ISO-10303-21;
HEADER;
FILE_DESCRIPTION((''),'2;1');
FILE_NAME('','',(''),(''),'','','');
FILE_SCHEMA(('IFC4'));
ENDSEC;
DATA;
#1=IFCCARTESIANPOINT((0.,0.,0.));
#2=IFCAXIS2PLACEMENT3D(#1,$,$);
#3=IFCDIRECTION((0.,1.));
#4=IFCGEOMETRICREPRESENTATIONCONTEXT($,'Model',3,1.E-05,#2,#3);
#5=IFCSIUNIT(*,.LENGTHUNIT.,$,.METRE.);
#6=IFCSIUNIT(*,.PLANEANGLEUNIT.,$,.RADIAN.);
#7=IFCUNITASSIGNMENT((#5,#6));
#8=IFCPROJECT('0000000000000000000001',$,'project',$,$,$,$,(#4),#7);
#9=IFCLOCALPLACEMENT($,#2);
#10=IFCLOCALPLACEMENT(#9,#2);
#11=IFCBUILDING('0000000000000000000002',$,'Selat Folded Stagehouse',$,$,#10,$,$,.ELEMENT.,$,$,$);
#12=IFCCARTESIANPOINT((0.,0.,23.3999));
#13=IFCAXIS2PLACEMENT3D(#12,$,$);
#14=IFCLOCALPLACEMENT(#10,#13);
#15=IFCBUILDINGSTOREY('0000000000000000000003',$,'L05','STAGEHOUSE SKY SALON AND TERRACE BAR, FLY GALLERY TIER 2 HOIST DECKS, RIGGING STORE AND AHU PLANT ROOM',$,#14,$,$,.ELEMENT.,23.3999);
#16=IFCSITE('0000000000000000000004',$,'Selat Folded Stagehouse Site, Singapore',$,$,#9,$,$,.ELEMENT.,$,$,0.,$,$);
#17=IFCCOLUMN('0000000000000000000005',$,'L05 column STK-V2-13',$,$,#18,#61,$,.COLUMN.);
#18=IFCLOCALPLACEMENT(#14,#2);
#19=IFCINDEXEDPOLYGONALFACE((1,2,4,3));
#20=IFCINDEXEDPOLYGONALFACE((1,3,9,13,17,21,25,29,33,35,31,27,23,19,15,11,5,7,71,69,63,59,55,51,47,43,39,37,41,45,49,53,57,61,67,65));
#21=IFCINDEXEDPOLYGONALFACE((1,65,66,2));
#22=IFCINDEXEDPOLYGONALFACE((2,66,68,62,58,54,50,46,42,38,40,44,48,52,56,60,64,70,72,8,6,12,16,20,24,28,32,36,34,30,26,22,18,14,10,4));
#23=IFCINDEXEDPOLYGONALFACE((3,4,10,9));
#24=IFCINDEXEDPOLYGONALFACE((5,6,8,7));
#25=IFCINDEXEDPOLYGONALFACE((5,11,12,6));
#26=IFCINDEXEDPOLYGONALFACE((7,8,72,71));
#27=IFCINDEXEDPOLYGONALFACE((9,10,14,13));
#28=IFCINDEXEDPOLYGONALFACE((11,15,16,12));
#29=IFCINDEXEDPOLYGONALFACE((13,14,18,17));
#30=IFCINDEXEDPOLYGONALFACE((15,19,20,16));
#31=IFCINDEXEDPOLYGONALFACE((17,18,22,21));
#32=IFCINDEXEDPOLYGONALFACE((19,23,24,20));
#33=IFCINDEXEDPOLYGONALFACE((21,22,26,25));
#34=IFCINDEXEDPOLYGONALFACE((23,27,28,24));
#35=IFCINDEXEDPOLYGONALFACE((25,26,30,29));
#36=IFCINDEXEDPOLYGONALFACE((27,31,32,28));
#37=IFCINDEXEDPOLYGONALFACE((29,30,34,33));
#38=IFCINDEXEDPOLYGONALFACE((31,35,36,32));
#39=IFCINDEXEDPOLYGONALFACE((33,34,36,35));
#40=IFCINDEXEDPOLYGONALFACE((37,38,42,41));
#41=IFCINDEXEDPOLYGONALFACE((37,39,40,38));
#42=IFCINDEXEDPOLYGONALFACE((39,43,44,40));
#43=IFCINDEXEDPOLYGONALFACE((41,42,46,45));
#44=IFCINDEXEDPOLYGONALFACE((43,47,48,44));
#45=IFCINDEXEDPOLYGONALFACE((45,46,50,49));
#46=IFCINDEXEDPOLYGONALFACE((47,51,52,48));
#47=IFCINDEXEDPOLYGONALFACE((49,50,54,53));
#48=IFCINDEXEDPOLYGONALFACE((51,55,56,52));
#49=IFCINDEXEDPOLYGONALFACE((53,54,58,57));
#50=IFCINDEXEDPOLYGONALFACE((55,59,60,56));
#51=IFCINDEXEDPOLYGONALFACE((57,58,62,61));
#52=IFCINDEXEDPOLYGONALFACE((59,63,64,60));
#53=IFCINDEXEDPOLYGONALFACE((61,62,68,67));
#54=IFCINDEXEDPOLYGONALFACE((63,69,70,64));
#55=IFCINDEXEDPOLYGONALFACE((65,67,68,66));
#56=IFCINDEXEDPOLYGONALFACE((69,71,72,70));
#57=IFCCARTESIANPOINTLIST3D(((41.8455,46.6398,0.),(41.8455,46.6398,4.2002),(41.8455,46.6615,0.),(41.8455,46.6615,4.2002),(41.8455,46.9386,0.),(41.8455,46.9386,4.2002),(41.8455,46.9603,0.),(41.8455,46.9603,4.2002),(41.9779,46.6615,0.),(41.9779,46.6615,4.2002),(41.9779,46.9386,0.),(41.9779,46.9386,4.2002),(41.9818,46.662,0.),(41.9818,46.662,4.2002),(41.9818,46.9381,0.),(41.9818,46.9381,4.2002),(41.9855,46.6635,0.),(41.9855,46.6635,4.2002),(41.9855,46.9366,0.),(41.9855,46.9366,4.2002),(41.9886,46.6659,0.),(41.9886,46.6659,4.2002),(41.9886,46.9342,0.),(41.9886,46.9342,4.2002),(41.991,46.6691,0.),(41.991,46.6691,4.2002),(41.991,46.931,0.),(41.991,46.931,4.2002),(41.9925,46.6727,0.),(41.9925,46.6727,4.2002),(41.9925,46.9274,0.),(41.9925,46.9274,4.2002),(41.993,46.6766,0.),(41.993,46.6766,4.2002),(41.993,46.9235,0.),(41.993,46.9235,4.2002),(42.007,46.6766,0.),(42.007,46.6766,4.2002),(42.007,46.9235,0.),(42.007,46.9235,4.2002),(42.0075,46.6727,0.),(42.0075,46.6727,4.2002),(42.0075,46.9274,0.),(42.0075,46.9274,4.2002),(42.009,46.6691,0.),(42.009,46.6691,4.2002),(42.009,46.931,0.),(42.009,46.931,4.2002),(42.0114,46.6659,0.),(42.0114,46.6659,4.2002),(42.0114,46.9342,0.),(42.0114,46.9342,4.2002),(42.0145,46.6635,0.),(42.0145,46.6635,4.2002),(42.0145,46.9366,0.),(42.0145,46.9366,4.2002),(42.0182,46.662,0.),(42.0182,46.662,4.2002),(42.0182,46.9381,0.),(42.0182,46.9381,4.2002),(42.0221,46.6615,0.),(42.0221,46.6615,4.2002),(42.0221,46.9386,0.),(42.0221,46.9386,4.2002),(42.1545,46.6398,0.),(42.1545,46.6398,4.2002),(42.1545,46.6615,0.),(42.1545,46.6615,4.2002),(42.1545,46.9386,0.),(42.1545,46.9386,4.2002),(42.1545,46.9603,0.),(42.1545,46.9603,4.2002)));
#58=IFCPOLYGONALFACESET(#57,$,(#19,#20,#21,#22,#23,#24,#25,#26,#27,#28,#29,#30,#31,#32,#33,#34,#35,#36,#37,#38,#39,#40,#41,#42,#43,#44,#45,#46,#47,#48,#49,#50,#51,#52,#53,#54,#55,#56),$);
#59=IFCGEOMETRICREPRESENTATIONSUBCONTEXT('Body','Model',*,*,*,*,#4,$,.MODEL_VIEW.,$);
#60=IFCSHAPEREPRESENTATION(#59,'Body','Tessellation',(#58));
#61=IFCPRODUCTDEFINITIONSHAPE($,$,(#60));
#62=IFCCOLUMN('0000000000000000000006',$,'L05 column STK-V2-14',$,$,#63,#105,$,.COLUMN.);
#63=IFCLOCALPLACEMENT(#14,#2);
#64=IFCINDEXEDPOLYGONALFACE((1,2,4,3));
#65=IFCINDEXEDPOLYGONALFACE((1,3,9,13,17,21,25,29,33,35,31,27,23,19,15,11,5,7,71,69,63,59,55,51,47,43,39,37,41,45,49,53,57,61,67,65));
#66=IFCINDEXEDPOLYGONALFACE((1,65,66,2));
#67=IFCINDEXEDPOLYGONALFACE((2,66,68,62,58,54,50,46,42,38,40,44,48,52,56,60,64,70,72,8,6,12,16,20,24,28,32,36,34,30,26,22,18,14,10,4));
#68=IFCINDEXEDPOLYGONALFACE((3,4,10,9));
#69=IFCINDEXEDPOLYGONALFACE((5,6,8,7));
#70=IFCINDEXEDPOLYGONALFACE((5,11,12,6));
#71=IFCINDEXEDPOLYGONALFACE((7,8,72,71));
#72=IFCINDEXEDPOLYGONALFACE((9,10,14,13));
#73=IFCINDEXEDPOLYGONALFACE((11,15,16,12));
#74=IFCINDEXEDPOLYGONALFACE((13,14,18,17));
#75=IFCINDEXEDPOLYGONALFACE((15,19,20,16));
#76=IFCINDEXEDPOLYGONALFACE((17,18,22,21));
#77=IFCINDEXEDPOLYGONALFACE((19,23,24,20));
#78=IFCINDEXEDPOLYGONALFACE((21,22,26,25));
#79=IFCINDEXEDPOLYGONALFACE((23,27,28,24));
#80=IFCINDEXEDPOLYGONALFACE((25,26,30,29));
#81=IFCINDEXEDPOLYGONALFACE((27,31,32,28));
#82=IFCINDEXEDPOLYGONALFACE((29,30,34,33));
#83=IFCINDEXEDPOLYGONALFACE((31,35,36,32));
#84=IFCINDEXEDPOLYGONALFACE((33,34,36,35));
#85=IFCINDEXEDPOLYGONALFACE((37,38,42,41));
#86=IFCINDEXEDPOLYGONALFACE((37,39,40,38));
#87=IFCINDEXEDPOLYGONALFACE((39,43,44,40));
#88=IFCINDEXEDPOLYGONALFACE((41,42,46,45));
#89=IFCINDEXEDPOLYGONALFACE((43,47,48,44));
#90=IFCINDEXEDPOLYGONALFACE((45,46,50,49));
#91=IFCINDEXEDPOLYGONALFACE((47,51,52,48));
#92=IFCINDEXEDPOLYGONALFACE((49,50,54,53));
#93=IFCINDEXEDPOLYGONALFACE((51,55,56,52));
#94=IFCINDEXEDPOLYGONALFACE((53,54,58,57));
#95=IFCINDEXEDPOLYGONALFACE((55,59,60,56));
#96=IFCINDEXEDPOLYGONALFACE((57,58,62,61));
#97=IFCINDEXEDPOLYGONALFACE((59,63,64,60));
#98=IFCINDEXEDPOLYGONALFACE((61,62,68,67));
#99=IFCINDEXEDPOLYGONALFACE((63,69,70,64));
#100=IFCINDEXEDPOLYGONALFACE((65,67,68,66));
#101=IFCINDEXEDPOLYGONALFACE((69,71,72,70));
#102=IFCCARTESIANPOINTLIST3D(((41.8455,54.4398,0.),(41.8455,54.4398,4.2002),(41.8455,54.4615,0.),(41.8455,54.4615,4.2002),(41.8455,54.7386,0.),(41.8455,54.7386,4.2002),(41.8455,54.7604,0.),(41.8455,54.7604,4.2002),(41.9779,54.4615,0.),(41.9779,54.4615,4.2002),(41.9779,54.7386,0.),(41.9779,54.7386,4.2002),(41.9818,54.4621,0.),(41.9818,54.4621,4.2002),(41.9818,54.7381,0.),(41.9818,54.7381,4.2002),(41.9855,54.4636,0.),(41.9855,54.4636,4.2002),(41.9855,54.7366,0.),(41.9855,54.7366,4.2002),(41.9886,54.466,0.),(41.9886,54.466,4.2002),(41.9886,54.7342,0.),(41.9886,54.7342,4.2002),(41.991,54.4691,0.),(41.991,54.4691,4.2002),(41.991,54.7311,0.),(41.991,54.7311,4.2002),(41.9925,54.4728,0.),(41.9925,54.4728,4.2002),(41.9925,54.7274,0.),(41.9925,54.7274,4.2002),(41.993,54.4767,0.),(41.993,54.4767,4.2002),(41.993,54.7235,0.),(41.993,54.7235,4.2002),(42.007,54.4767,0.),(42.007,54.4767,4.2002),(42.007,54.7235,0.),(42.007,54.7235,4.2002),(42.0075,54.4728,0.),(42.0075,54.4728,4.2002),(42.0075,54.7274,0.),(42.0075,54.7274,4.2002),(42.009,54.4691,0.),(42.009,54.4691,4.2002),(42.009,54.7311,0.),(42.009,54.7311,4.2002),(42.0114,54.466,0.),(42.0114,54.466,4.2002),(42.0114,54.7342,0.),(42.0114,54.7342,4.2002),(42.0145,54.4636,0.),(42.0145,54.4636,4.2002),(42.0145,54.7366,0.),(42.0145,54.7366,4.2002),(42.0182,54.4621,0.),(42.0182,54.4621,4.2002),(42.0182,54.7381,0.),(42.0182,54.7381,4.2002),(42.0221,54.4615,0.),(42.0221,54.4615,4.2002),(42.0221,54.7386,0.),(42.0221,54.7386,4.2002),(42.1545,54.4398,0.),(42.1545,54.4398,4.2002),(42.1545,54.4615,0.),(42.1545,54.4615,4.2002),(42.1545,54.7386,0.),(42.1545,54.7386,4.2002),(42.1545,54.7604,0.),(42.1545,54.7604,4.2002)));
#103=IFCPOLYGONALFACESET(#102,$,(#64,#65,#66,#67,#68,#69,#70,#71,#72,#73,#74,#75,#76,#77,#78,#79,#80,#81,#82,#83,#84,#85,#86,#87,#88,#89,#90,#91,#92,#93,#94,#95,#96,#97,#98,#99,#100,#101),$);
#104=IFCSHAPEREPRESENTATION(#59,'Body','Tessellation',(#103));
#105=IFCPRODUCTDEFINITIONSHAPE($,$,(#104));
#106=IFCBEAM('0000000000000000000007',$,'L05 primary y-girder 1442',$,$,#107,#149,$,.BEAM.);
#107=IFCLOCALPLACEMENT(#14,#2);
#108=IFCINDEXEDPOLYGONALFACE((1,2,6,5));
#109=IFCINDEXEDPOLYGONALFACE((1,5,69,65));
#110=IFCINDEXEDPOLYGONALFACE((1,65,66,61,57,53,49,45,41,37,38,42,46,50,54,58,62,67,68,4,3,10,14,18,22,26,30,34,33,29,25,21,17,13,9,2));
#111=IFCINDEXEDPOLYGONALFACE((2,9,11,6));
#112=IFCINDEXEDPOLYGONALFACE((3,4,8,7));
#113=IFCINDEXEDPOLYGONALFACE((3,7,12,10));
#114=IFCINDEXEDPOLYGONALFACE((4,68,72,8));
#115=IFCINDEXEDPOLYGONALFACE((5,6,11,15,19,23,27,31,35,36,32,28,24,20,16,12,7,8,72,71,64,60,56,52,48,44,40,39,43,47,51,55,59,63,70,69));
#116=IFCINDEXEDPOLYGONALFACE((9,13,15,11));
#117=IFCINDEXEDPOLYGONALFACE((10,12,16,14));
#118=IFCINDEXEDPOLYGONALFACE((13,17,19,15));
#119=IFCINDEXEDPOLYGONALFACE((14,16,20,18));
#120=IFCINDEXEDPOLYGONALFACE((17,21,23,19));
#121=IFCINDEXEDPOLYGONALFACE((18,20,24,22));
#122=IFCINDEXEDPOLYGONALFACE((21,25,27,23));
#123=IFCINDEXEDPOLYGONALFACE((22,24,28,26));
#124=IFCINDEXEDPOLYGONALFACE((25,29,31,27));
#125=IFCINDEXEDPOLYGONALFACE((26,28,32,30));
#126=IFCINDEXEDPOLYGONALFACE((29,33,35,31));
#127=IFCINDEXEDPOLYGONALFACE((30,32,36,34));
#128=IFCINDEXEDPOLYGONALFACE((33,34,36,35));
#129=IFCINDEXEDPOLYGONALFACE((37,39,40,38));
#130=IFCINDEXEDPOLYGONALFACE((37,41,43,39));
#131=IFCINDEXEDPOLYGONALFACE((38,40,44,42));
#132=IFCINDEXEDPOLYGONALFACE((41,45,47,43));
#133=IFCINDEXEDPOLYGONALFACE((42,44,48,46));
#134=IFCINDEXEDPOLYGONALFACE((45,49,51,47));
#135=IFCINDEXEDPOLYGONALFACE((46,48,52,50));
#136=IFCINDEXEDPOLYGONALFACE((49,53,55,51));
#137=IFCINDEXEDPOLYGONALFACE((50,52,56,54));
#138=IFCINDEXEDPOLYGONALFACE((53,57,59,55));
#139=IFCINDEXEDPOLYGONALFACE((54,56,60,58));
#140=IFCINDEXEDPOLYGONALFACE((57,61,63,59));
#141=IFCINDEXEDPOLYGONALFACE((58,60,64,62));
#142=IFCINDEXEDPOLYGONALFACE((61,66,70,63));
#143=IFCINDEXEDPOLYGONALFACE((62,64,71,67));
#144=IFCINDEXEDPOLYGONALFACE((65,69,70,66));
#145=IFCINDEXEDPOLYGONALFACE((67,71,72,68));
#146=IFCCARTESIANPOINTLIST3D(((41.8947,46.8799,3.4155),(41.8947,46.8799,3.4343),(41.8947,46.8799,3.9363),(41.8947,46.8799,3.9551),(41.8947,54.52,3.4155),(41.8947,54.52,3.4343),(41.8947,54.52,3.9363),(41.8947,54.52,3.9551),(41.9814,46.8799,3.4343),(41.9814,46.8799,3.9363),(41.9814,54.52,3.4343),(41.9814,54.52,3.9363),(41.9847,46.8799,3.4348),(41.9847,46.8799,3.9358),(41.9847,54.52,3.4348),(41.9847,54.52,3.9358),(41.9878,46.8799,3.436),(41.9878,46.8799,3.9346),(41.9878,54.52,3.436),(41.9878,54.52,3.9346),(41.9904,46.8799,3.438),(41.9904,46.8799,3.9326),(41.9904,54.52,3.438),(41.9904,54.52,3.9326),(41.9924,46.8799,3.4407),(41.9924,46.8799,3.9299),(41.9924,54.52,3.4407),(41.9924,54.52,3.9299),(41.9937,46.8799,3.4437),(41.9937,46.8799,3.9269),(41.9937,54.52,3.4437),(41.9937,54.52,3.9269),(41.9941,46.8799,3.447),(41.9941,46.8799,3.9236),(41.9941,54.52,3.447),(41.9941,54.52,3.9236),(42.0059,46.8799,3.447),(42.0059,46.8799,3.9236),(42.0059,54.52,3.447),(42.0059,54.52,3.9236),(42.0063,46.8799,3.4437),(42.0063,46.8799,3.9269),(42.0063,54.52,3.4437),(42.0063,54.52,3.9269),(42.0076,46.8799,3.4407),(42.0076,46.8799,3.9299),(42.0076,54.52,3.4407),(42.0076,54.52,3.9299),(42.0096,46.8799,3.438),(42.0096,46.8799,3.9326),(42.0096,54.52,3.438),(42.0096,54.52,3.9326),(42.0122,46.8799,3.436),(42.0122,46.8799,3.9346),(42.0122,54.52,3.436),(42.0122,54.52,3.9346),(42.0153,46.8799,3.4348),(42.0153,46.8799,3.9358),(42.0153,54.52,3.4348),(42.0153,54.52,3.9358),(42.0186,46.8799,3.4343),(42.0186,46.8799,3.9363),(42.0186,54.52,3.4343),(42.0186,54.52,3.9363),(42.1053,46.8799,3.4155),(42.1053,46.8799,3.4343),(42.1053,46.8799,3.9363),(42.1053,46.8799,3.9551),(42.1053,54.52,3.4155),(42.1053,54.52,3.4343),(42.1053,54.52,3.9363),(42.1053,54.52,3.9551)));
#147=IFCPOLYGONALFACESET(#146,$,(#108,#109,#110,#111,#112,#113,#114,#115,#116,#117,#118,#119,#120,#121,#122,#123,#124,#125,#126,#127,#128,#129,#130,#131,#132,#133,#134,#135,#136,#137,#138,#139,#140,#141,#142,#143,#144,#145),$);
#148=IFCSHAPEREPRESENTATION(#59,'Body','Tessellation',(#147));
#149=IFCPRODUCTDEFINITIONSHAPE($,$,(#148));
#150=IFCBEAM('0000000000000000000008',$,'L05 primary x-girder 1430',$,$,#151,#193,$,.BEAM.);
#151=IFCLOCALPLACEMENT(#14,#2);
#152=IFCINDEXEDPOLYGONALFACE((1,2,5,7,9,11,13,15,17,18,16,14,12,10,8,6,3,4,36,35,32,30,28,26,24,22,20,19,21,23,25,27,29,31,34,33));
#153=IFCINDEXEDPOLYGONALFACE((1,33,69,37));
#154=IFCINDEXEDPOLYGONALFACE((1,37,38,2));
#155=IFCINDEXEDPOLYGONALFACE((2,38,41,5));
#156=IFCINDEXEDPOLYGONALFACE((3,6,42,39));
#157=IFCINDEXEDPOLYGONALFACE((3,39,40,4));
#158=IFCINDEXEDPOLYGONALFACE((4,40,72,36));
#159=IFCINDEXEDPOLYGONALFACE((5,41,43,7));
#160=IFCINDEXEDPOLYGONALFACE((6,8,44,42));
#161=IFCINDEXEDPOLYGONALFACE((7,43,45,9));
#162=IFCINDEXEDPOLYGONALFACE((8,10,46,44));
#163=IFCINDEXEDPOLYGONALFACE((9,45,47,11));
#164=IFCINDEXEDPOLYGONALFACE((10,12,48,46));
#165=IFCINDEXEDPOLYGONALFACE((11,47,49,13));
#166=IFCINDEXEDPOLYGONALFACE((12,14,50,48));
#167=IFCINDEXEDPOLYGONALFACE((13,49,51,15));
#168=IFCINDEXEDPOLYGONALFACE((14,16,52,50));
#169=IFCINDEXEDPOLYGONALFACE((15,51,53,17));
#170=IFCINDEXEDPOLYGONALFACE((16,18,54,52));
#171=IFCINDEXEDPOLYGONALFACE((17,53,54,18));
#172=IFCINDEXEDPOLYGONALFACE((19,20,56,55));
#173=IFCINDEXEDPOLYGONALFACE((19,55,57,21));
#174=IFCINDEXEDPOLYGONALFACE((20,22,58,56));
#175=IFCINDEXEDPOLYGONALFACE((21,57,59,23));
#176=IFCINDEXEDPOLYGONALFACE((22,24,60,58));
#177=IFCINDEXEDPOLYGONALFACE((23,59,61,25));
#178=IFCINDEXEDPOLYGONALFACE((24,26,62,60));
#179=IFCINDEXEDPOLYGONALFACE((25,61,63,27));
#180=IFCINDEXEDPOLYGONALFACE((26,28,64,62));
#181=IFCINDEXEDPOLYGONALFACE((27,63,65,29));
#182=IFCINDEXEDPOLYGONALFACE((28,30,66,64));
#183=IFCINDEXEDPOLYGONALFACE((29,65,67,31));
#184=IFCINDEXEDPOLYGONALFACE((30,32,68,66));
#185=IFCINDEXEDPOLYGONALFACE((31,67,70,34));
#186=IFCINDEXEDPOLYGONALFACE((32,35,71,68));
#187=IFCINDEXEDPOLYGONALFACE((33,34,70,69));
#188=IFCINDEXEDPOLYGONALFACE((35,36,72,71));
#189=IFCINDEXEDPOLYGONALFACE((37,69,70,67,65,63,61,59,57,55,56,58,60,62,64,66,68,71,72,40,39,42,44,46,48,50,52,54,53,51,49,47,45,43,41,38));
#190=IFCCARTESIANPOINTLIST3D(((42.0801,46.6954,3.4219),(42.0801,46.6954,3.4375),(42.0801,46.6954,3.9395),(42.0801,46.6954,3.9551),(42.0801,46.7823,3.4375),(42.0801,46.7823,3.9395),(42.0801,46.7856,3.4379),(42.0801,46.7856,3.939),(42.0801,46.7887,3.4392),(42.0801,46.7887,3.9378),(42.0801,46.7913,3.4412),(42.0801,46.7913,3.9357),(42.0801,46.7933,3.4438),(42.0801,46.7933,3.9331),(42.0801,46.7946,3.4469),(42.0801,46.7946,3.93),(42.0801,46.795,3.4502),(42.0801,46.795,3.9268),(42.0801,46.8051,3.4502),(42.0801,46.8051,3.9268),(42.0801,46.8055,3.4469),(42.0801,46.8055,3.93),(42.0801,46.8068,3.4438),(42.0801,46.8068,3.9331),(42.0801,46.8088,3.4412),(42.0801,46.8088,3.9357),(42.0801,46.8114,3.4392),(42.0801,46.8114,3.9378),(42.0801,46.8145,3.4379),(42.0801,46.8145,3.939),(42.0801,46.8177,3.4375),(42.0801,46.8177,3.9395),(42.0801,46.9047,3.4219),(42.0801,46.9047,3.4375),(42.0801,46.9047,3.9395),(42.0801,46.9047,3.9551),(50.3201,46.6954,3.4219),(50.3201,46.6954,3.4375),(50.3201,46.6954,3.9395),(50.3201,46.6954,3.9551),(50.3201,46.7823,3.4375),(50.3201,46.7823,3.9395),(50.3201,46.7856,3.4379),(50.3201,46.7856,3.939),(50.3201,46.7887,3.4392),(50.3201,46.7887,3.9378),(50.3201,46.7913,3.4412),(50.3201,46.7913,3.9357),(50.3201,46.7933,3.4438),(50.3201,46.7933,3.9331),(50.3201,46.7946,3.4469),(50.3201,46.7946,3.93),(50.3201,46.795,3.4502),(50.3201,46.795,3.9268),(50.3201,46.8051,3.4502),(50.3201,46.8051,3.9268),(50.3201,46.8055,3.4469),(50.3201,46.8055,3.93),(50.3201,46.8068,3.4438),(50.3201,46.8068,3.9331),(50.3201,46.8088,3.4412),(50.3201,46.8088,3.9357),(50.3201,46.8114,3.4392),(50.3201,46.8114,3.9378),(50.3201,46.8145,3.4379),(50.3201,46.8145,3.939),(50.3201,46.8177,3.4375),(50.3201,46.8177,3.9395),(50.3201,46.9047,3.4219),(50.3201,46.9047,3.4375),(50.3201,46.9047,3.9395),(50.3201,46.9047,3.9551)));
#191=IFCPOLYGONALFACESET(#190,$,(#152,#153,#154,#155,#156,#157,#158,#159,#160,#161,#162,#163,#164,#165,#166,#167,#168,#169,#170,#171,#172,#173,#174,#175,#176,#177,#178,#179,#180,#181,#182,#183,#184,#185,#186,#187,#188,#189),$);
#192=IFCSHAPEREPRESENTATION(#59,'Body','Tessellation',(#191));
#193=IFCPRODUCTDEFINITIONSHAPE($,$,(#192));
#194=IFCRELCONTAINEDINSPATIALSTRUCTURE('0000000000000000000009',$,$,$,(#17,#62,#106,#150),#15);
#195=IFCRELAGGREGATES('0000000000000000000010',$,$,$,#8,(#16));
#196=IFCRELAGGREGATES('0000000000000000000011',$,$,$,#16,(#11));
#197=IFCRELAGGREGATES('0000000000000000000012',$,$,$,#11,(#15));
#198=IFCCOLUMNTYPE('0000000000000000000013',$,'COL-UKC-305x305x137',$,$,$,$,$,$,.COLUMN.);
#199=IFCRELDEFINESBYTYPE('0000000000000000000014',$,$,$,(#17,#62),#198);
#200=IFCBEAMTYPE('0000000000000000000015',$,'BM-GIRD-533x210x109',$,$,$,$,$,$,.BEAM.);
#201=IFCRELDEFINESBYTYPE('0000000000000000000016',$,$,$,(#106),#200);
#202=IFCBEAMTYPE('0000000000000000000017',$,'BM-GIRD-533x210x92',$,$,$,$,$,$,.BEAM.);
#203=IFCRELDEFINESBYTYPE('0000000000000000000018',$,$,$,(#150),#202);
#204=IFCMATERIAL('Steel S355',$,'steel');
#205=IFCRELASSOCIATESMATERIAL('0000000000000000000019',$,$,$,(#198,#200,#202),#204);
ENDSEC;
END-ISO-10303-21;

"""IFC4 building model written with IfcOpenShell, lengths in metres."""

from ifc_helpers import new_model, si_unit, direction, frame, origin, origin_2d, place, context, subcontext, project, spatial, i_section, extrude, material, material_profile, profile_set, type_object, element, save


model = new_model("IFC4")

# Units and contexts
model_context = context("Model", 3, precision=1e-05, world=origin(), true_north=direction((0.0, 1.0)))
body_context = subcontext(model_context, "Body", "Model", "MODEL_VIEW")
ifc_project = project(units=[si_unit("LENGTHUNIT", "METRE"), si_unit("PLANEANGLEUNIT", "RADIAN")], contexts=[model_context])

# Site, building, storey
site_placement = place(None, origin())
site = spatial("IfcSite", under=ifc_project, at=site_placement, Name="Selat Folded Stagehouse Site, Singapore", CompositionType="ELEMENT", RefElevation=0.0)
building_placement = place(site_placement, origin())
building = spatial("IfcBuilding", under=site, at=building_placement, Name="Selat Folded Stagehouse", CompositionType="ELEMENT")
storey_placement = place(building_placement, frame((0.0, 0.0, 23.3999)))
storey = spatial("IfcBuildingStorey", under=building, at=storey_placement, Name="L05", Description="STAGEHOUSE SKY SALON AND TERRACE BAR, FLY GALLERY TIER 2 HOIST DECKS, RIGGING STORE AND AHU PLANT ROOM", CompositionType="ELEMENT", Elevation=23.3999)

# Columns
ifc_material_1 = material(Name="Steel S355", Category="steel")
ifc_material_profile_1 = material_profile(ifc_material_1, i_section(OverallWidth=0.3091, OverallDepth=0.3206, WebThickness=0.0139, FlangeThickness=0.0217, FilletRadius=0.0151, at=origin_2d()), Name="UKC 305x305x137")
ifc_profile_set_1 = profile_set([ifc_material_profile_1], Name="Steel S355")
column_type = type_object("IfcColumnType", Name="COL-UKC-305x305x137", PredefinedType="COLUMN", material=ifc_profile_set_1)
for number, where, z_axis, x_axis, name in (
    (1, (42.0, 46.8, 0.0), (0.0, 0.0, 1.0), (1.0, 0.0, 0.0), "L05 column STK-V2-13"),
    (2, (42.0, 54.6001, 0.0), (0.0, 0.0, 1.0), (1.0, 0.0, 0.0), "L05 column STK-V2-14"),
):
    element("IfcColumn", number, at=place(storey_placement, frame(where, z_axis=z_axis, x_axis=x_axis)), inside=storey, type_object=column_type, Name=name, PredefinedType="COLUMN", context=body_context, shape_type="SweptSolid", body=[
        extrude(i_section(OverallWidth=0.3091, OverallDepth=0.3206, WebThickness=0.0139, FlangeThickness=0.0217, FilletRadius=0.0151, at=origin_2d()), origin(), (0.0, 0.0, 1.0), 4.2002),
    ])

# Beams
ifc_material_profile_2 = material_profile(ifc_material_1, i_section(OverallWidth=0.2107, OverallDepth=0.5396, WebThickness=0.0117, FlangeThickness=0.0188, FilletRadius=0.0127, at=origin_2d()), Name="UKB 533x210x109")
ifc_profile_set_2 = profile_set([ifc_material_profile_2], Name="Steel S355")
beam_type_1 = type_object("IfcBeamType", Name="BM-GIRD-533x210x109", PredefinedType="BEAM", material=ifc_profile_set_2)
beam_1_placement = place(storey_placement, frame((42.0, 46.8799, 3.6853), z_axis=(0.0, 1.0, 0.0), x_axis=(-1.0, 0.0, 0.0)))
element("IfcBeam", 3, at=beam_1_placement, inside=storey, type_object=beam_type_1, Name="L05 primary y-girder 1442", PredefinedType="BEAM", context=body_context, shape_type="SweptSolid", body=[
    extrude(i_section(OverallWidth=0.2107, OverallDepth=0.5396, WebThickness=0.0117, FlangeThickness=0.0188, FilletRadius=0.0127, at=origin_2d()), origin(), (0.0, 0.0, 1.0), 7.6401),
])
ifc_material_profile_3 = material_profile(ifc_material_1, i_section(OverallWidth=0.2092, OverallDepth=0.5332, WebThickness=0.01, FlangeThickness=0.0156, FilletRadius=0.0127, at=origin_2d()), Name="UKB 533x210x92")
ifc_profile_set_3 = profile_set([ifc_material_profile_3], Name="Steel S355")
beam_type_2 = type_object("IfcBeamType", Name="BM-GIRD-533x210x92", PredefinedType="BEAM", material=ifc_profile_set_3)
for number, where, z_axis, x_axis, name in (
    (4, (42.0801, 46.8, 3.6885), (1.0, 0.0, 0.0), (0.0, 1.0, 0.0), "L05 primary x-girder 1430"),
):
    element("IfcBeam", number, at=place(storey_placement, frame(where, z_axis=z_axis, x_axis=x_axis)), inside=storey, type_object=beam_type_2, Name=name, PredefinedType="BEAM", context=body_context, shape_type="SweptSolid", body=[
        extrude(i_section(OverallWidth=0.2092, OverallDepth=0.5332, WebThickness=0.01, FlangeThickness=0.0156, FilletRadius=0.0127, at=origin_2d()), origin(), (0.0, 0.0, 1.0), 8.24),
    ])

save(model, "model.ifc")
